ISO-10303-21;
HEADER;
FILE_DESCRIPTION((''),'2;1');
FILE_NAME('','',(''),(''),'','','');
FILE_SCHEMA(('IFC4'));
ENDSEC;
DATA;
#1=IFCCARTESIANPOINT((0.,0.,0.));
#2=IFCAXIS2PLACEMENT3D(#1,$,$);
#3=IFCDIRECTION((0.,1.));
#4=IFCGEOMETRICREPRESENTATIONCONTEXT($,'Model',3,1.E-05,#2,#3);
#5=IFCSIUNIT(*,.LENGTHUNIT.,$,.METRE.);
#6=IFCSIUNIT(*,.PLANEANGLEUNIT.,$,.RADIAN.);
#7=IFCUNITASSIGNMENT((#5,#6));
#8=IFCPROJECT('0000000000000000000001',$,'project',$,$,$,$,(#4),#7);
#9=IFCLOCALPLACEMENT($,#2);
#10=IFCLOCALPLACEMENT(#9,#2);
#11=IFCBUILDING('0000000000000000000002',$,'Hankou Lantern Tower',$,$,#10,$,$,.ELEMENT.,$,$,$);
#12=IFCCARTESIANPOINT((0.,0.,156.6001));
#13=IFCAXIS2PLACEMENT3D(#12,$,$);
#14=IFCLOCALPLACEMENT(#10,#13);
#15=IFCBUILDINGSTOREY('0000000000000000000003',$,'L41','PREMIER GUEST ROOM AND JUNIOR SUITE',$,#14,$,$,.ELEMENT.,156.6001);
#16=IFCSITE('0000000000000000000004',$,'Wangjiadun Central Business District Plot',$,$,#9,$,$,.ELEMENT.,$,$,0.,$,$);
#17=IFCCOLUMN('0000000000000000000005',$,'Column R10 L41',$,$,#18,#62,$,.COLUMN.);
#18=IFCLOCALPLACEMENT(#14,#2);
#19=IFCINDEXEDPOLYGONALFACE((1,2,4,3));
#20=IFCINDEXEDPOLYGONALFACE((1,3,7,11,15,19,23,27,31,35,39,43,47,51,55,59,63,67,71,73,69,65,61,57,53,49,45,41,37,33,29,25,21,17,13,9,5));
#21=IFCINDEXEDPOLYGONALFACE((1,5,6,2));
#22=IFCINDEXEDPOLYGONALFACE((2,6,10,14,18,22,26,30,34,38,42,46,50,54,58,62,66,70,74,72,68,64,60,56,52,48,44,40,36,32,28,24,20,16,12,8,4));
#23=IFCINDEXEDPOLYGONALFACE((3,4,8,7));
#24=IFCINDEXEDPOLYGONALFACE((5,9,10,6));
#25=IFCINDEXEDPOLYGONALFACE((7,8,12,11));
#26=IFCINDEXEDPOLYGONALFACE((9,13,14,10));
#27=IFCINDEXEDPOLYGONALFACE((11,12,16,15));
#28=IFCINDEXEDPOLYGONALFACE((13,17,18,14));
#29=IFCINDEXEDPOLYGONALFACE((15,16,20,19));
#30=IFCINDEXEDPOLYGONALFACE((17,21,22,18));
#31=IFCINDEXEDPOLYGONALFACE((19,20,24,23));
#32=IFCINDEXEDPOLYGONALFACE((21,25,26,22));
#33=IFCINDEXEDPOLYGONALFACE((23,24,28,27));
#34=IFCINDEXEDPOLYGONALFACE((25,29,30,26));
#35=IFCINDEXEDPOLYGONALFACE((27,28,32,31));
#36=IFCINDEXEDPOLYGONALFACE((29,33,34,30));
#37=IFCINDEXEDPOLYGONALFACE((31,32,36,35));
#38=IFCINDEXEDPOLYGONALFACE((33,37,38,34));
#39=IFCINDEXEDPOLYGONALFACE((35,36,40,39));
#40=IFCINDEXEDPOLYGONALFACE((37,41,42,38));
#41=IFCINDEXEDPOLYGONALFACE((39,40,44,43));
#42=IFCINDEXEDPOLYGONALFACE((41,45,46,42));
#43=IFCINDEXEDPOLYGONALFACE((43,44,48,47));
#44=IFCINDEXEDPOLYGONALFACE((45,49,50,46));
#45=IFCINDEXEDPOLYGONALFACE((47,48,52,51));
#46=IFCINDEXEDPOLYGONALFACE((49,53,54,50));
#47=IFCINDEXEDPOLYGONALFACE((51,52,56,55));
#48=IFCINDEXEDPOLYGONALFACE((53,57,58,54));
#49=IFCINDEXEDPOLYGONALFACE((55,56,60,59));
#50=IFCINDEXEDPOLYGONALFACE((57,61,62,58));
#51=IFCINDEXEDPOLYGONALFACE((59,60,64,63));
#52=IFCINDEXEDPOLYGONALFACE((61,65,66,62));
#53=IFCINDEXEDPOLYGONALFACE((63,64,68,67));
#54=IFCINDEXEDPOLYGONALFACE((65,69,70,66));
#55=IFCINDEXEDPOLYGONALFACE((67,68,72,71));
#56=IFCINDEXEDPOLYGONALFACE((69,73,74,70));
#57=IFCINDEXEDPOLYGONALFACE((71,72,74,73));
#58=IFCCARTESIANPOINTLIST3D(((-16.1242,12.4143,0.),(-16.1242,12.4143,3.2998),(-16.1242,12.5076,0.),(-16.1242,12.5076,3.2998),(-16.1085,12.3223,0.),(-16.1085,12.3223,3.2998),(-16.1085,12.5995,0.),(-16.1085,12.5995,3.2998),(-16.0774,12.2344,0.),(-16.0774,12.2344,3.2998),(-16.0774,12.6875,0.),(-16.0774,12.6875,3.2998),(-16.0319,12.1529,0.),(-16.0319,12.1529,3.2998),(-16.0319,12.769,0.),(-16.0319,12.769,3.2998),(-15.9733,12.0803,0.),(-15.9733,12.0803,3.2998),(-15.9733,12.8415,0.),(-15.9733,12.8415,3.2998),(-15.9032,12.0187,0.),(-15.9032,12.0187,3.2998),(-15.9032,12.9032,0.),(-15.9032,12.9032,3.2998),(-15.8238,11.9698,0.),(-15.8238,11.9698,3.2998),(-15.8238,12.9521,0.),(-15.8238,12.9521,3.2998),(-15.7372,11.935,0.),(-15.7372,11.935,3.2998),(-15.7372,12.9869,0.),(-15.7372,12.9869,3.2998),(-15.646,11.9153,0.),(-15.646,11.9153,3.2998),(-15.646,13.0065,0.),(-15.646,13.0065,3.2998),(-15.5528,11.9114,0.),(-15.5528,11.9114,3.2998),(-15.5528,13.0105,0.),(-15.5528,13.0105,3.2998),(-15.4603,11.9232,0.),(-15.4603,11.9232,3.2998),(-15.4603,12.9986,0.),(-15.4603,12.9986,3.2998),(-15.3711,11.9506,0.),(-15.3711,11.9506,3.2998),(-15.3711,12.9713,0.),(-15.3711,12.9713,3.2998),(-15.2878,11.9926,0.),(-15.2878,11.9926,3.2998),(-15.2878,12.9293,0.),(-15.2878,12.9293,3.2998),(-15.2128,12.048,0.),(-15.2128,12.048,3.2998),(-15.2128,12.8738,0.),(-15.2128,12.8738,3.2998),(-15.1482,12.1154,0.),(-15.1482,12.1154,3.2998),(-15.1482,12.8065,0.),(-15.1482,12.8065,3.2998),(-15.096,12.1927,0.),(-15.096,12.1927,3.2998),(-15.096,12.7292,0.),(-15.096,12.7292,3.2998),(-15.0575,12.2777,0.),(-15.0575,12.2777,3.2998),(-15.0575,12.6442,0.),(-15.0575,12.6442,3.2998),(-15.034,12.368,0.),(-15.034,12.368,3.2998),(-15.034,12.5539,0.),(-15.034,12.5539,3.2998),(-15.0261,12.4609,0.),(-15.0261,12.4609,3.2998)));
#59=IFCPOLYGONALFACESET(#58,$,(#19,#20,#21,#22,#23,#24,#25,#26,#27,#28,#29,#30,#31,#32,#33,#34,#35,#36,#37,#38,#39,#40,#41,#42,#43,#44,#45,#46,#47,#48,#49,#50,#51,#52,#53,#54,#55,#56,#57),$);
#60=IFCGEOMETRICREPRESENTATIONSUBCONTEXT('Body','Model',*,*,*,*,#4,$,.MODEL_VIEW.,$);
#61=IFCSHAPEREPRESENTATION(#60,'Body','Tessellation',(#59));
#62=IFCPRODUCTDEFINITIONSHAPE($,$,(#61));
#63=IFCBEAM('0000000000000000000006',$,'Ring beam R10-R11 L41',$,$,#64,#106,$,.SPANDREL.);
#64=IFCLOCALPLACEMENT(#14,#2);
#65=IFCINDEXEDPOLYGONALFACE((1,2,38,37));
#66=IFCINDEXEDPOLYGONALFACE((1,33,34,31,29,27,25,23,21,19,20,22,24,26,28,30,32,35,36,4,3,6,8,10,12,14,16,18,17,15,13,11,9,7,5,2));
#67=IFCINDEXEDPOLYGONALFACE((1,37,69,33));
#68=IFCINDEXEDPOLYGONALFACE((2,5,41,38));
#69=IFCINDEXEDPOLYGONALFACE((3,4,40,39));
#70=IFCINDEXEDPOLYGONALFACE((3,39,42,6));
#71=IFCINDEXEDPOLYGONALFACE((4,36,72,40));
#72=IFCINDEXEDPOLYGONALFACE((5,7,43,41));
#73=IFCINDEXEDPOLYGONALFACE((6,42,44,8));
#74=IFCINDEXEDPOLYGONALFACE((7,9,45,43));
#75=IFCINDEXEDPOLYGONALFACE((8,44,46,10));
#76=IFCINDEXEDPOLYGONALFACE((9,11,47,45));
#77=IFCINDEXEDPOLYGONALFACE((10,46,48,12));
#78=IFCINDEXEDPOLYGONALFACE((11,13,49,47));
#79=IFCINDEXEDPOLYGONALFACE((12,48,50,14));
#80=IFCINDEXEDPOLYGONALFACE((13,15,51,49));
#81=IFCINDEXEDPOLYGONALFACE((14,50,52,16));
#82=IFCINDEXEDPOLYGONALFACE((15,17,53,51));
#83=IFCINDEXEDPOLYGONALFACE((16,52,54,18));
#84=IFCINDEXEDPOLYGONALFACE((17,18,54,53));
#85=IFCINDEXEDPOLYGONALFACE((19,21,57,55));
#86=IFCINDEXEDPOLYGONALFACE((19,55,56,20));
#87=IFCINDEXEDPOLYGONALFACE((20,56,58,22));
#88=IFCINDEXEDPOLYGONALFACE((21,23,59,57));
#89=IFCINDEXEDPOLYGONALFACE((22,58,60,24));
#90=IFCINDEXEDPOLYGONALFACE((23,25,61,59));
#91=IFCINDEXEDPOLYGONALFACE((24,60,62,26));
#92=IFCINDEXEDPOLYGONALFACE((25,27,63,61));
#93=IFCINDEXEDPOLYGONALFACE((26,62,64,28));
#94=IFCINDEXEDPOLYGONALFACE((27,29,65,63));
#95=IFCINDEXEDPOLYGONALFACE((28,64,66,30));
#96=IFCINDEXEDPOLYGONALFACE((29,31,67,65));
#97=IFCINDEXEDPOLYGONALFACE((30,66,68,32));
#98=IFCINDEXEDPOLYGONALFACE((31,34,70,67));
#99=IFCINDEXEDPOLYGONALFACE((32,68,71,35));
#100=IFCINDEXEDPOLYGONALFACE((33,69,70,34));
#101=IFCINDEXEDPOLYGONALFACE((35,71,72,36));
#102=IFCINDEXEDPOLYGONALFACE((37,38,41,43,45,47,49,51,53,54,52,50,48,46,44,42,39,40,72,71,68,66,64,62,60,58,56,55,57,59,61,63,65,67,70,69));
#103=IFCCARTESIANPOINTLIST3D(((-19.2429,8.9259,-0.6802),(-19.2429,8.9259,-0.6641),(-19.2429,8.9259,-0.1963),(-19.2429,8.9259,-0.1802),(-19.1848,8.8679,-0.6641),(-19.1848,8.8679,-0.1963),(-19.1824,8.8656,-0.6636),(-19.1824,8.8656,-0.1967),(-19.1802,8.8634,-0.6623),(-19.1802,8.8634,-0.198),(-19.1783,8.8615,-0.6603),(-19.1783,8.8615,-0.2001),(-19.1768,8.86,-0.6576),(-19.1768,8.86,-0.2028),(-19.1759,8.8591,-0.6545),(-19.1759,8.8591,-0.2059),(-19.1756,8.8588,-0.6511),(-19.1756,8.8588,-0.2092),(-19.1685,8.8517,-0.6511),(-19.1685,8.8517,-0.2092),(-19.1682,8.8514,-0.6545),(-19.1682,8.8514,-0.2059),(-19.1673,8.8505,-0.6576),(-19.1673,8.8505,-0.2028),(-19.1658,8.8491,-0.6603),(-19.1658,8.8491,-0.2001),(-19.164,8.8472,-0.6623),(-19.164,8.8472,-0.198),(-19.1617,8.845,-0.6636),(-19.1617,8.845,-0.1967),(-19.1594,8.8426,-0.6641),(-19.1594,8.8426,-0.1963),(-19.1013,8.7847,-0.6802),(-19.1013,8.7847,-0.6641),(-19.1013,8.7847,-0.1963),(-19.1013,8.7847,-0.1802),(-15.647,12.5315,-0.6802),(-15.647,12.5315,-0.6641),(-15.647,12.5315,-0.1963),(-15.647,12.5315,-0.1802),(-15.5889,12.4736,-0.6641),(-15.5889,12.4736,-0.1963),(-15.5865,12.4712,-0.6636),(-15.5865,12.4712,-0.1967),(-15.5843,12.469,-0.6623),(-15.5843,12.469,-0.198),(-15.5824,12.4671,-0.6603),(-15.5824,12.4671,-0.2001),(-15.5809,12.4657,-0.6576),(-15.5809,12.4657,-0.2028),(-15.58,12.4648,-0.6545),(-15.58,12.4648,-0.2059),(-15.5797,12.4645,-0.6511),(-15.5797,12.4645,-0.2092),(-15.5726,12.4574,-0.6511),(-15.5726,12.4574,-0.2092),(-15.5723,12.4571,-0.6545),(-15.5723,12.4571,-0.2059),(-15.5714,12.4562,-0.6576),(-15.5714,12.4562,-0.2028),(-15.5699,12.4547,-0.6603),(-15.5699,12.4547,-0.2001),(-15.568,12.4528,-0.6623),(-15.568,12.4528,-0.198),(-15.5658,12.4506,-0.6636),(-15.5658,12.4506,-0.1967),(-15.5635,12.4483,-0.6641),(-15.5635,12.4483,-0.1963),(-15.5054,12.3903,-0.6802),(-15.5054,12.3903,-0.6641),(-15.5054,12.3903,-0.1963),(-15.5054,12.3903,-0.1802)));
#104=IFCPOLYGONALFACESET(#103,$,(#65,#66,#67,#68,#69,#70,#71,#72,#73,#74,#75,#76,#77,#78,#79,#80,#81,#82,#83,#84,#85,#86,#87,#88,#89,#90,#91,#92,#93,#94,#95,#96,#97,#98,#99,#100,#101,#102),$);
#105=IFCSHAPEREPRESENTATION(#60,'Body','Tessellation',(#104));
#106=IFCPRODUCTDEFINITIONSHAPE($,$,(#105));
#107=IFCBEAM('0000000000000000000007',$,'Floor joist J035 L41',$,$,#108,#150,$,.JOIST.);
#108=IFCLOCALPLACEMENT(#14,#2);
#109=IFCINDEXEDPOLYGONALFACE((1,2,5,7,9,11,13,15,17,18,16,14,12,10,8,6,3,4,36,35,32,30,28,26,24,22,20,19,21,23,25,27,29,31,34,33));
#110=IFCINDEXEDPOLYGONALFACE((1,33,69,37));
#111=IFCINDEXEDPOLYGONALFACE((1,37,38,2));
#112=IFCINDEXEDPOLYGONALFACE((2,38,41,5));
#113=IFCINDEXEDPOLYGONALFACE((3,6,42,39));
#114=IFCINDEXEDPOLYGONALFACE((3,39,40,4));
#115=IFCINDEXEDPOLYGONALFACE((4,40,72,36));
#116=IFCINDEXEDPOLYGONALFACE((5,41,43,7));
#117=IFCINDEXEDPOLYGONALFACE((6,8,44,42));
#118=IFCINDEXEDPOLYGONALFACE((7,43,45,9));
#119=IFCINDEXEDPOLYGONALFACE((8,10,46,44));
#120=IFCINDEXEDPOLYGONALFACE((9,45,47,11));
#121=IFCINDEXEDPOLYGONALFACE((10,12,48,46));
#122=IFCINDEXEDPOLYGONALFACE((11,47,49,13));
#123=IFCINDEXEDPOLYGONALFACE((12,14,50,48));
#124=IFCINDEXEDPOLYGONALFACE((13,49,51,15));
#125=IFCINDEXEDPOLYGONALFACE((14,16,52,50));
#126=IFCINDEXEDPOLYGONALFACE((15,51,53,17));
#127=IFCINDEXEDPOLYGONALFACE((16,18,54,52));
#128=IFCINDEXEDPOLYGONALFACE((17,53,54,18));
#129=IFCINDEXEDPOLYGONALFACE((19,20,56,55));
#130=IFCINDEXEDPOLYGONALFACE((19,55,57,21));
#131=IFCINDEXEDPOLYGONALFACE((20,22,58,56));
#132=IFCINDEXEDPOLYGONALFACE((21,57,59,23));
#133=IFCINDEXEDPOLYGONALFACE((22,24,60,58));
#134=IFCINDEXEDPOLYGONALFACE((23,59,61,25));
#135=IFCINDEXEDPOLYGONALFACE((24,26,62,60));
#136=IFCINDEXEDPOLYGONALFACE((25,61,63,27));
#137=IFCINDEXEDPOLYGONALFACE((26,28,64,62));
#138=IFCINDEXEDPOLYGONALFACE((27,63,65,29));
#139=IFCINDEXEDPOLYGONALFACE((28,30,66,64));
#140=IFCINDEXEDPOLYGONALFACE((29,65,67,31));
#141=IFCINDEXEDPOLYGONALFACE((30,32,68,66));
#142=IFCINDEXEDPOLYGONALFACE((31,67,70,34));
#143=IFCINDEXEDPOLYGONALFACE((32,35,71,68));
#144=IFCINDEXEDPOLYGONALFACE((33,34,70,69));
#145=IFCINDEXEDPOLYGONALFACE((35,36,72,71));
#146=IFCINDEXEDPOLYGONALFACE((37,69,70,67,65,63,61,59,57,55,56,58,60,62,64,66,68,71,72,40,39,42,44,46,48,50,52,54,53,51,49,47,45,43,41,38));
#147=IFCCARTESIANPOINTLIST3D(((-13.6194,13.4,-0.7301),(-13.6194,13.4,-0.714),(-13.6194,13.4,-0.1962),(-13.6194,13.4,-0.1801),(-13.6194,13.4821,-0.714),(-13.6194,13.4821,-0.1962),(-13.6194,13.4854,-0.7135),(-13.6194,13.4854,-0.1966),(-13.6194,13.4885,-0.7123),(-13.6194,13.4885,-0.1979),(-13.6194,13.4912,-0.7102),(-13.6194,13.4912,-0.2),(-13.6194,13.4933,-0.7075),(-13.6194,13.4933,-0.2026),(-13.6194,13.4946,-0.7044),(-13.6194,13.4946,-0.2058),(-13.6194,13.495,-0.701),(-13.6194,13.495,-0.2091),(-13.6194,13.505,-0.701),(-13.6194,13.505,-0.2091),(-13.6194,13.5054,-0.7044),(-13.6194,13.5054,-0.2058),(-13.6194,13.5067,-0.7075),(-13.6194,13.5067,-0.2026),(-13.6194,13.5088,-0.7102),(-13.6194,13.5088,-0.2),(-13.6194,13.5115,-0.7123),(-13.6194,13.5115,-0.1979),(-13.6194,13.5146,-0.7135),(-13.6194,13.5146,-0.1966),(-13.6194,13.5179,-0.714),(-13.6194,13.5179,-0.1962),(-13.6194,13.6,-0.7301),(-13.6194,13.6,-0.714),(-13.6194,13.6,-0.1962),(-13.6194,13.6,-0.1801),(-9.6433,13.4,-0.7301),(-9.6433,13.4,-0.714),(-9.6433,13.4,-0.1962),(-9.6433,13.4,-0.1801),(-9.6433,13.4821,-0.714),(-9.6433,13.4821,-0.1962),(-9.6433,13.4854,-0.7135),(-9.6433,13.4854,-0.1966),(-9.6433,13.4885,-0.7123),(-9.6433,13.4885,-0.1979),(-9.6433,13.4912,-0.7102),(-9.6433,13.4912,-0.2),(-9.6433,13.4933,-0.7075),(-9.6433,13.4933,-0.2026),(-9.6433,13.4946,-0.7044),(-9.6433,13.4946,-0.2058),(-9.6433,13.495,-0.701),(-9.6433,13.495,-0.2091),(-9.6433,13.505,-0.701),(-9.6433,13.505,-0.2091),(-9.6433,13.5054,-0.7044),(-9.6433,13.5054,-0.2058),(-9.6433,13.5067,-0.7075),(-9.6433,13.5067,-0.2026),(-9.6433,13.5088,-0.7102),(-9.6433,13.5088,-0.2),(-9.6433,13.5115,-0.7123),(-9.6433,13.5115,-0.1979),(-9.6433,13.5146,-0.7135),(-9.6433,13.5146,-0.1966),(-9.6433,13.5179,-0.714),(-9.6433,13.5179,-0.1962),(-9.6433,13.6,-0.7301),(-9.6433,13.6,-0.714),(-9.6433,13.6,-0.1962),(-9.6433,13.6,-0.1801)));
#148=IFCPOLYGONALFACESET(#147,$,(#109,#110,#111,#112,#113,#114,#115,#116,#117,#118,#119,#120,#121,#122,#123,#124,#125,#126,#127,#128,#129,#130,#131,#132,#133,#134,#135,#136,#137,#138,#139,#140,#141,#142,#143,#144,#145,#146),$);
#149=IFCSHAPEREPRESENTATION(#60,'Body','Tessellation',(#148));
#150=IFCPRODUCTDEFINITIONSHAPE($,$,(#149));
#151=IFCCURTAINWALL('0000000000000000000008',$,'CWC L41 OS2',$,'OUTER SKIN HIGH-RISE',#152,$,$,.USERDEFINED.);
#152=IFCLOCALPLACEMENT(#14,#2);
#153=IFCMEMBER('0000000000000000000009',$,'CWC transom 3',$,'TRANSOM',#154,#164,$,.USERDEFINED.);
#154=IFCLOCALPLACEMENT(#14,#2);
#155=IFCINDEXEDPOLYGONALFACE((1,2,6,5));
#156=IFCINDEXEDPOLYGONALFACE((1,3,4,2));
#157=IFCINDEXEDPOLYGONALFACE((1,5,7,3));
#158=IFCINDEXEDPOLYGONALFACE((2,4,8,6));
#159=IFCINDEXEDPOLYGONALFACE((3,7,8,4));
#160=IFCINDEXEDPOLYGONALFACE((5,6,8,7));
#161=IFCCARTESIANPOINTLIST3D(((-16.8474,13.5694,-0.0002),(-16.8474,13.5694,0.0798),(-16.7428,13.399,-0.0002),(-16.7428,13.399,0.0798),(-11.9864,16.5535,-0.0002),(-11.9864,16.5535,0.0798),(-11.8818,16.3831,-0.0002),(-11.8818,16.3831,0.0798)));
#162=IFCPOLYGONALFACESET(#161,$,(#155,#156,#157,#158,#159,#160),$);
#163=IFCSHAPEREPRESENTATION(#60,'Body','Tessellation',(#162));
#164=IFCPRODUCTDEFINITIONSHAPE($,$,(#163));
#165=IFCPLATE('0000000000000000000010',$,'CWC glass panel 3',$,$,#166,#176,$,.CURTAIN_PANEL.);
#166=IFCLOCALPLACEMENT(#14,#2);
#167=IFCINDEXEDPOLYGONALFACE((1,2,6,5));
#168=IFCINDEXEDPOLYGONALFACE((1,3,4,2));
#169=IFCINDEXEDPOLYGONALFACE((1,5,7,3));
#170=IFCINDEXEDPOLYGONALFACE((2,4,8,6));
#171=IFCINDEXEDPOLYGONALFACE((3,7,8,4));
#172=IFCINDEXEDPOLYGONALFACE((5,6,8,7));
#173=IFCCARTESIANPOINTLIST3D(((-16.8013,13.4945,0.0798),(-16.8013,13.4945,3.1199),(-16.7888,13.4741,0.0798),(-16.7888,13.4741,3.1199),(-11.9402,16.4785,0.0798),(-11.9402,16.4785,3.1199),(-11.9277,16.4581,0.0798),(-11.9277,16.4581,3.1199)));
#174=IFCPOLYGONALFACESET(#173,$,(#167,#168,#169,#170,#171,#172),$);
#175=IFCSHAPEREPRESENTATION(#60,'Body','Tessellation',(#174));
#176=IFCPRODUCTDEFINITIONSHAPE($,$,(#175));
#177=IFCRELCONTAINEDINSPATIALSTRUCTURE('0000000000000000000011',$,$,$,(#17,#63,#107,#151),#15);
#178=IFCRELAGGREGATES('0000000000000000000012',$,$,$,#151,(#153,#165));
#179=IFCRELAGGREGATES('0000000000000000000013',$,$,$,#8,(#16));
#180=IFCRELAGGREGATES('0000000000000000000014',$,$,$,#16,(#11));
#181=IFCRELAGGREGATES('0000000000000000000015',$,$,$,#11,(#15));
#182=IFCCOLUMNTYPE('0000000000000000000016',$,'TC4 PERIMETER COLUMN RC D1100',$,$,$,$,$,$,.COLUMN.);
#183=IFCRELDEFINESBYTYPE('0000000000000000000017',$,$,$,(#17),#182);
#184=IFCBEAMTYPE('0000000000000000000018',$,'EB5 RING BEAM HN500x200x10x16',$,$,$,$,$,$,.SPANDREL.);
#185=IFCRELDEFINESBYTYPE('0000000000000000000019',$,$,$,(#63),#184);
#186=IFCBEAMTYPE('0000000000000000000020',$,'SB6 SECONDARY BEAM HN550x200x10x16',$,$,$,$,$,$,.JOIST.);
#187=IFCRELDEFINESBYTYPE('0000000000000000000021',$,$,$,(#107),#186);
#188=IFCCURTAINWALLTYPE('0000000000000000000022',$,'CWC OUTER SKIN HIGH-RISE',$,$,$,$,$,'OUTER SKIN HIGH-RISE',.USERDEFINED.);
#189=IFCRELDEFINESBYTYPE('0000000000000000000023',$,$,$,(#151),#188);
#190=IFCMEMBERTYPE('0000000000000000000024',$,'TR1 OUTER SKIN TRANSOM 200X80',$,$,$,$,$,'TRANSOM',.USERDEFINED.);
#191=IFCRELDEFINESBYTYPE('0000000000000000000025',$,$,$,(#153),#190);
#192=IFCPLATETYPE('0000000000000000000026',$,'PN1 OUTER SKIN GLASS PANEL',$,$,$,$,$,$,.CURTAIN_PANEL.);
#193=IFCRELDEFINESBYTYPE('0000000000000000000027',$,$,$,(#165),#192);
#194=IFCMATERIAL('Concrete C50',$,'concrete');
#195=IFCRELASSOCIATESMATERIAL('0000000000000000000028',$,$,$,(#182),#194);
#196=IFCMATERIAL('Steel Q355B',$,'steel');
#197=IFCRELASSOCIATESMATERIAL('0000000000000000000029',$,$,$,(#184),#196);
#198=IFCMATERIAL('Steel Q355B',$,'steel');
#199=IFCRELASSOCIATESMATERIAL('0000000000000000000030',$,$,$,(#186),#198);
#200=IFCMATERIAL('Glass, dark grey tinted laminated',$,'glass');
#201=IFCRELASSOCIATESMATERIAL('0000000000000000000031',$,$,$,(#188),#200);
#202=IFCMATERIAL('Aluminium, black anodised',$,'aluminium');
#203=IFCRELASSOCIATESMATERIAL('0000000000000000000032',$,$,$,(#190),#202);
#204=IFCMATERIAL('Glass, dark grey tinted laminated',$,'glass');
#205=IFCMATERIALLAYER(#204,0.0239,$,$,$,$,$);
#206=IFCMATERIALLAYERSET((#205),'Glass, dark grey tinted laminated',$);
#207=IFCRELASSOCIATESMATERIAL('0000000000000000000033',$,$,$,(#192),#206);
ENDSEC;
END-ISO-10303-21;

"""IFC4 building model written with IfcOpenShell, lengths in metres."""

from ifc_helpers import new_model, si_unit, direction, frame, origin, origin_2d, place, context, subcontext, project, spatial, rectangle, circle, i_section, extrude, material, layer, layer_set, material_profile, profile_set, type_object, element, aggregate, save


model = new_model("IFC4")

# Units and contexts
model_context = context("Model", 3, precision=1e-05, world=origin(), true_north=direction((0.0, 1.0)))
body_context = subcontext(model_context, "Body", "Model", "MODEL_VIEW")
ifc_project = project(units=[si_unit("LENGTHUNIT", "METRE"), si_unit("PLANEANGLEUNIT", "RADIAN")], contexts=[model_context])

# Site, building, storey
site_placement = place(None, origin())
site = spatial("IfcSite", under=ifc_project, at=site_placement, Name="Wangjiadun Central Business District Plot", CompositionType="ELEMENT", RefElevation=0.0)
building_placement = place(site_placement, origin())
building = spatial("IfcBuilding", under=site, at=building_placement, Name="Hankou Lantern Tower", CompositionType="ELEMENT")
storey_placement = place(building_placement, frame((0.0, 0.0, 156.6001)))
storey = spatial("IfcBuildingStorey", under=building, at=storey_placement, Name="L41", Description="PREMIER GUEST ROOM AND JUNIOR SUITE", CompositionType="ELEMENT", Elevation=156.6001)

# Column
ifc_material_1 = material(Name="Concrete C50", Category="concrete")
ifc_material_profile_1 = material_profile(ifc_material_1, circle(Radius=0.55, at=origin_2d()), Name="RC D1100")
ifc_profile_set_1 = profile_set([ifc_material_profile_1], Name="Concrete C50")
column_type = type_object("IfcColumnType", Name="TC4 PERIMETER COLUMN RC D1100", PredefinedType="COLUMN", material=ifc_profile_set_1)
column_placement = place(storey_placement, frame((-15.5762, 12.4609, 0.0), z_axis=(0.0, 0.0, 1.0), x_axis=(1.0, 0.0, 0.0)))
element("IfcColumn", 1, at=column_placement, inside=storey, type_object=column_type, Name="Column R10 L41", PredefinedType="COLUMN", context=body_context, shape_type="SweptSolid", body=[
    extrude(circle(Radius=0.55, at=origin_2d()), origin(), (0.0, 0.0, 1.0), 3.2998),
])

# Beams
ifc_material_2 = material(Name="Steel Q355B", Category="steel")
ifc_material_profile_2 = material_profile(ifc_material_2, i_section(OverallWidth=0.2, OverallDepth=0.5, WebThickness=0.01, FlangeThickness=0.0161, FilletRadius=0.0129, at=origin_2d()), Name="HN500x200x10x16")
ifc_profile_set_2 = profile_set([ifc_material_profile_2], Name="Steel Q355B")
beam_type_1 = type_object("IfcBeamType", Name="EB5 RING BEAM HN500x200x10x16", PredefinedType="SPANDREL", material=ifc_profile_set_2)
beam_1_placement = place(storey_placement, frame((-15.5762, 12.4609, -0.4302), z_axis=(-0.706147, -0.708065, 0.0), x_axis=(0.708065, -0.706147, 0.0)))
element("IfcBeam", 2, at=beam_1_placement, inside=storey, type_object=beam_type_1, Name="Ring beam R10-R11 L41", PredefinedType="SPANDREL", context=body_context, shape_type="SweptSolid", body=[
    extrude(i_section(OverallWidth=0.2, OverallDepth=0.5, WebThickness=0.01, FlangeThickness=0.0161, FilletRadius=0.0129, at=origin_2d()), origin(), (0.0, 0.0, 1.0), 5.0923),
])
ifc_material_3 = material(Name="Steel Q355B", Category="steel")
ifc_material_profile_3 = material_profile(ifc_material_3, i_section(OverallWidth=0.2, OverallDepth=0.55, WebThickness=0.01, FlangeThickness=0.0161, FilletRadius=0.0129, at=origin_2d()), Name="HN550x200x10x16")
ifc_profile_set_3 = profile_set([ifc_material_profile_3], Name="Steel Q355B")
beam_type_2 = type_object("IfcBeamType", Name="SB6 SECONDARY BEAM HN550x200x10x16", PredefinedType="JOIST", material=ifc_profile_set_3)
beam_2_placement = place(storey_placement, frame((-13.6194, 13.5, -0.4551), z_axis=(1.0, 0.0, 0.0), x_axis=(0.0, 1.0, 0.0)))
element("IfcBeam", 3, at=beam_2_placement, inside=storey, type_object=beam_type_2, Name="Floor joist J035 L41", PredefinedType="JOIST", context=body_context, shape_type="SweptSolid", body=[
    extrude(i_section(OverallWidth=0.2, OverallDepth=0.55, WebThickness=0.01, FlangeThickness=0.0161, FilletRadius=0.0129, at=origin_2d()), origin(), (0.0, 0.0, 1.0), 3.9761),
])

# Curtain wall, member, plate
ifc_material_4 = material(Name="Glass, dark grey tinted laminated", Category="glass")
curtain_wall_type = type_object("IfcCurtainWallType", Name="CWC OUTER SKIN HIGH-RISE", ElementType="OUTER SKIN HIGH-RISE", PredefinedType="USERDEFINED", material=ifc_material_4)
curtain_wall_placement = place(storey_placement, origin())
curtain_wall = element("IfcCurtainWall", 4, at=curtain_wall_placement, inside=storey, type_object=curtain_wall_type, Name="CWC L41 OS2", ObjectType="OUTER SKIN HIGH-RISE", PredefinedType="USERDEFINED")
ifc_material_5 = material(Name="Aluminium, black anodised", Category="aluminium")
ifc_material_profile_4 = material_profile(ifc_material_5, rectangle(XDim=0.2, YDim=0.0801, at=origin_2d()), Name="TR1 200X80")
ifc_profile_set_4 = profile_set([ifc_material_profile_4], Name="Aluminium, black anodised")
member_type = type_object("IfcMemberType", Name="TR1 OUTER SKIN TRANSOM 200X80", ElementType="TRANSOM", PredefinedType="USERDEFINED", material=ifc_profile_set_4)
member_placement = place(storey_placement, frame((-11.9341, 16.4683, 0.0398), z_axis=(-0.852229, -0.523168, 0.0), x_axis=(0.523168, -0.852229, 0.0)))
member = element("IfcMember", 5, at=member_placement, type_object=member_type, Name="CWC transom 3", ObjectType="TRANSOM", PredefinedType="USERDEFINED", context=body_context, shape_type="SweptSolid", body=[
    extrude(rectangle(XDim=0.2, YDim=0.0801, at=origin_2d()), origin(), (0.0, 0.0, 1.0), 5.7039),
])
ifc_material_6 = material(Name="Glass, dark grey tinted laminated", Category="glass")
ifc_layer_1 = layer(ifc_material_6, 0.0239)
ifc_layer_set_1 = layer_set([ifc_layer_1], Name="Glass, dark grey tinted laminated")
plate_type = type_object("IfcPlateType", Name="PN1 OUTER SKIN GLASS PANEL", PredefinedType="CURTAIN_PANEL", material=ifc_layer_set_1)
plate_placement = place(storey_placement, frame((-14.3645, 14.9763, 0.0798), z_axis=(0.0, 0.0, 1.0), x_axis=(-0.852237, -0.523156, 0.0)))
plate = element("IfcPlate", 6, at=plate_placement, type_object=plate_type, Name="CWC glass panel 3", PredefinedType="CURTAIN_PANEL", context=body_context, shape_type="SweptSolid", body=[
    extrude(rectangle(XDim=5.7039, YDim=0.0239, at=origin_2d()), origin(), (0.0, 0.0, 1.0), 3.04),
])
aggregate(curtain_wall, [member, plate])

save(model, "model.ifc")
